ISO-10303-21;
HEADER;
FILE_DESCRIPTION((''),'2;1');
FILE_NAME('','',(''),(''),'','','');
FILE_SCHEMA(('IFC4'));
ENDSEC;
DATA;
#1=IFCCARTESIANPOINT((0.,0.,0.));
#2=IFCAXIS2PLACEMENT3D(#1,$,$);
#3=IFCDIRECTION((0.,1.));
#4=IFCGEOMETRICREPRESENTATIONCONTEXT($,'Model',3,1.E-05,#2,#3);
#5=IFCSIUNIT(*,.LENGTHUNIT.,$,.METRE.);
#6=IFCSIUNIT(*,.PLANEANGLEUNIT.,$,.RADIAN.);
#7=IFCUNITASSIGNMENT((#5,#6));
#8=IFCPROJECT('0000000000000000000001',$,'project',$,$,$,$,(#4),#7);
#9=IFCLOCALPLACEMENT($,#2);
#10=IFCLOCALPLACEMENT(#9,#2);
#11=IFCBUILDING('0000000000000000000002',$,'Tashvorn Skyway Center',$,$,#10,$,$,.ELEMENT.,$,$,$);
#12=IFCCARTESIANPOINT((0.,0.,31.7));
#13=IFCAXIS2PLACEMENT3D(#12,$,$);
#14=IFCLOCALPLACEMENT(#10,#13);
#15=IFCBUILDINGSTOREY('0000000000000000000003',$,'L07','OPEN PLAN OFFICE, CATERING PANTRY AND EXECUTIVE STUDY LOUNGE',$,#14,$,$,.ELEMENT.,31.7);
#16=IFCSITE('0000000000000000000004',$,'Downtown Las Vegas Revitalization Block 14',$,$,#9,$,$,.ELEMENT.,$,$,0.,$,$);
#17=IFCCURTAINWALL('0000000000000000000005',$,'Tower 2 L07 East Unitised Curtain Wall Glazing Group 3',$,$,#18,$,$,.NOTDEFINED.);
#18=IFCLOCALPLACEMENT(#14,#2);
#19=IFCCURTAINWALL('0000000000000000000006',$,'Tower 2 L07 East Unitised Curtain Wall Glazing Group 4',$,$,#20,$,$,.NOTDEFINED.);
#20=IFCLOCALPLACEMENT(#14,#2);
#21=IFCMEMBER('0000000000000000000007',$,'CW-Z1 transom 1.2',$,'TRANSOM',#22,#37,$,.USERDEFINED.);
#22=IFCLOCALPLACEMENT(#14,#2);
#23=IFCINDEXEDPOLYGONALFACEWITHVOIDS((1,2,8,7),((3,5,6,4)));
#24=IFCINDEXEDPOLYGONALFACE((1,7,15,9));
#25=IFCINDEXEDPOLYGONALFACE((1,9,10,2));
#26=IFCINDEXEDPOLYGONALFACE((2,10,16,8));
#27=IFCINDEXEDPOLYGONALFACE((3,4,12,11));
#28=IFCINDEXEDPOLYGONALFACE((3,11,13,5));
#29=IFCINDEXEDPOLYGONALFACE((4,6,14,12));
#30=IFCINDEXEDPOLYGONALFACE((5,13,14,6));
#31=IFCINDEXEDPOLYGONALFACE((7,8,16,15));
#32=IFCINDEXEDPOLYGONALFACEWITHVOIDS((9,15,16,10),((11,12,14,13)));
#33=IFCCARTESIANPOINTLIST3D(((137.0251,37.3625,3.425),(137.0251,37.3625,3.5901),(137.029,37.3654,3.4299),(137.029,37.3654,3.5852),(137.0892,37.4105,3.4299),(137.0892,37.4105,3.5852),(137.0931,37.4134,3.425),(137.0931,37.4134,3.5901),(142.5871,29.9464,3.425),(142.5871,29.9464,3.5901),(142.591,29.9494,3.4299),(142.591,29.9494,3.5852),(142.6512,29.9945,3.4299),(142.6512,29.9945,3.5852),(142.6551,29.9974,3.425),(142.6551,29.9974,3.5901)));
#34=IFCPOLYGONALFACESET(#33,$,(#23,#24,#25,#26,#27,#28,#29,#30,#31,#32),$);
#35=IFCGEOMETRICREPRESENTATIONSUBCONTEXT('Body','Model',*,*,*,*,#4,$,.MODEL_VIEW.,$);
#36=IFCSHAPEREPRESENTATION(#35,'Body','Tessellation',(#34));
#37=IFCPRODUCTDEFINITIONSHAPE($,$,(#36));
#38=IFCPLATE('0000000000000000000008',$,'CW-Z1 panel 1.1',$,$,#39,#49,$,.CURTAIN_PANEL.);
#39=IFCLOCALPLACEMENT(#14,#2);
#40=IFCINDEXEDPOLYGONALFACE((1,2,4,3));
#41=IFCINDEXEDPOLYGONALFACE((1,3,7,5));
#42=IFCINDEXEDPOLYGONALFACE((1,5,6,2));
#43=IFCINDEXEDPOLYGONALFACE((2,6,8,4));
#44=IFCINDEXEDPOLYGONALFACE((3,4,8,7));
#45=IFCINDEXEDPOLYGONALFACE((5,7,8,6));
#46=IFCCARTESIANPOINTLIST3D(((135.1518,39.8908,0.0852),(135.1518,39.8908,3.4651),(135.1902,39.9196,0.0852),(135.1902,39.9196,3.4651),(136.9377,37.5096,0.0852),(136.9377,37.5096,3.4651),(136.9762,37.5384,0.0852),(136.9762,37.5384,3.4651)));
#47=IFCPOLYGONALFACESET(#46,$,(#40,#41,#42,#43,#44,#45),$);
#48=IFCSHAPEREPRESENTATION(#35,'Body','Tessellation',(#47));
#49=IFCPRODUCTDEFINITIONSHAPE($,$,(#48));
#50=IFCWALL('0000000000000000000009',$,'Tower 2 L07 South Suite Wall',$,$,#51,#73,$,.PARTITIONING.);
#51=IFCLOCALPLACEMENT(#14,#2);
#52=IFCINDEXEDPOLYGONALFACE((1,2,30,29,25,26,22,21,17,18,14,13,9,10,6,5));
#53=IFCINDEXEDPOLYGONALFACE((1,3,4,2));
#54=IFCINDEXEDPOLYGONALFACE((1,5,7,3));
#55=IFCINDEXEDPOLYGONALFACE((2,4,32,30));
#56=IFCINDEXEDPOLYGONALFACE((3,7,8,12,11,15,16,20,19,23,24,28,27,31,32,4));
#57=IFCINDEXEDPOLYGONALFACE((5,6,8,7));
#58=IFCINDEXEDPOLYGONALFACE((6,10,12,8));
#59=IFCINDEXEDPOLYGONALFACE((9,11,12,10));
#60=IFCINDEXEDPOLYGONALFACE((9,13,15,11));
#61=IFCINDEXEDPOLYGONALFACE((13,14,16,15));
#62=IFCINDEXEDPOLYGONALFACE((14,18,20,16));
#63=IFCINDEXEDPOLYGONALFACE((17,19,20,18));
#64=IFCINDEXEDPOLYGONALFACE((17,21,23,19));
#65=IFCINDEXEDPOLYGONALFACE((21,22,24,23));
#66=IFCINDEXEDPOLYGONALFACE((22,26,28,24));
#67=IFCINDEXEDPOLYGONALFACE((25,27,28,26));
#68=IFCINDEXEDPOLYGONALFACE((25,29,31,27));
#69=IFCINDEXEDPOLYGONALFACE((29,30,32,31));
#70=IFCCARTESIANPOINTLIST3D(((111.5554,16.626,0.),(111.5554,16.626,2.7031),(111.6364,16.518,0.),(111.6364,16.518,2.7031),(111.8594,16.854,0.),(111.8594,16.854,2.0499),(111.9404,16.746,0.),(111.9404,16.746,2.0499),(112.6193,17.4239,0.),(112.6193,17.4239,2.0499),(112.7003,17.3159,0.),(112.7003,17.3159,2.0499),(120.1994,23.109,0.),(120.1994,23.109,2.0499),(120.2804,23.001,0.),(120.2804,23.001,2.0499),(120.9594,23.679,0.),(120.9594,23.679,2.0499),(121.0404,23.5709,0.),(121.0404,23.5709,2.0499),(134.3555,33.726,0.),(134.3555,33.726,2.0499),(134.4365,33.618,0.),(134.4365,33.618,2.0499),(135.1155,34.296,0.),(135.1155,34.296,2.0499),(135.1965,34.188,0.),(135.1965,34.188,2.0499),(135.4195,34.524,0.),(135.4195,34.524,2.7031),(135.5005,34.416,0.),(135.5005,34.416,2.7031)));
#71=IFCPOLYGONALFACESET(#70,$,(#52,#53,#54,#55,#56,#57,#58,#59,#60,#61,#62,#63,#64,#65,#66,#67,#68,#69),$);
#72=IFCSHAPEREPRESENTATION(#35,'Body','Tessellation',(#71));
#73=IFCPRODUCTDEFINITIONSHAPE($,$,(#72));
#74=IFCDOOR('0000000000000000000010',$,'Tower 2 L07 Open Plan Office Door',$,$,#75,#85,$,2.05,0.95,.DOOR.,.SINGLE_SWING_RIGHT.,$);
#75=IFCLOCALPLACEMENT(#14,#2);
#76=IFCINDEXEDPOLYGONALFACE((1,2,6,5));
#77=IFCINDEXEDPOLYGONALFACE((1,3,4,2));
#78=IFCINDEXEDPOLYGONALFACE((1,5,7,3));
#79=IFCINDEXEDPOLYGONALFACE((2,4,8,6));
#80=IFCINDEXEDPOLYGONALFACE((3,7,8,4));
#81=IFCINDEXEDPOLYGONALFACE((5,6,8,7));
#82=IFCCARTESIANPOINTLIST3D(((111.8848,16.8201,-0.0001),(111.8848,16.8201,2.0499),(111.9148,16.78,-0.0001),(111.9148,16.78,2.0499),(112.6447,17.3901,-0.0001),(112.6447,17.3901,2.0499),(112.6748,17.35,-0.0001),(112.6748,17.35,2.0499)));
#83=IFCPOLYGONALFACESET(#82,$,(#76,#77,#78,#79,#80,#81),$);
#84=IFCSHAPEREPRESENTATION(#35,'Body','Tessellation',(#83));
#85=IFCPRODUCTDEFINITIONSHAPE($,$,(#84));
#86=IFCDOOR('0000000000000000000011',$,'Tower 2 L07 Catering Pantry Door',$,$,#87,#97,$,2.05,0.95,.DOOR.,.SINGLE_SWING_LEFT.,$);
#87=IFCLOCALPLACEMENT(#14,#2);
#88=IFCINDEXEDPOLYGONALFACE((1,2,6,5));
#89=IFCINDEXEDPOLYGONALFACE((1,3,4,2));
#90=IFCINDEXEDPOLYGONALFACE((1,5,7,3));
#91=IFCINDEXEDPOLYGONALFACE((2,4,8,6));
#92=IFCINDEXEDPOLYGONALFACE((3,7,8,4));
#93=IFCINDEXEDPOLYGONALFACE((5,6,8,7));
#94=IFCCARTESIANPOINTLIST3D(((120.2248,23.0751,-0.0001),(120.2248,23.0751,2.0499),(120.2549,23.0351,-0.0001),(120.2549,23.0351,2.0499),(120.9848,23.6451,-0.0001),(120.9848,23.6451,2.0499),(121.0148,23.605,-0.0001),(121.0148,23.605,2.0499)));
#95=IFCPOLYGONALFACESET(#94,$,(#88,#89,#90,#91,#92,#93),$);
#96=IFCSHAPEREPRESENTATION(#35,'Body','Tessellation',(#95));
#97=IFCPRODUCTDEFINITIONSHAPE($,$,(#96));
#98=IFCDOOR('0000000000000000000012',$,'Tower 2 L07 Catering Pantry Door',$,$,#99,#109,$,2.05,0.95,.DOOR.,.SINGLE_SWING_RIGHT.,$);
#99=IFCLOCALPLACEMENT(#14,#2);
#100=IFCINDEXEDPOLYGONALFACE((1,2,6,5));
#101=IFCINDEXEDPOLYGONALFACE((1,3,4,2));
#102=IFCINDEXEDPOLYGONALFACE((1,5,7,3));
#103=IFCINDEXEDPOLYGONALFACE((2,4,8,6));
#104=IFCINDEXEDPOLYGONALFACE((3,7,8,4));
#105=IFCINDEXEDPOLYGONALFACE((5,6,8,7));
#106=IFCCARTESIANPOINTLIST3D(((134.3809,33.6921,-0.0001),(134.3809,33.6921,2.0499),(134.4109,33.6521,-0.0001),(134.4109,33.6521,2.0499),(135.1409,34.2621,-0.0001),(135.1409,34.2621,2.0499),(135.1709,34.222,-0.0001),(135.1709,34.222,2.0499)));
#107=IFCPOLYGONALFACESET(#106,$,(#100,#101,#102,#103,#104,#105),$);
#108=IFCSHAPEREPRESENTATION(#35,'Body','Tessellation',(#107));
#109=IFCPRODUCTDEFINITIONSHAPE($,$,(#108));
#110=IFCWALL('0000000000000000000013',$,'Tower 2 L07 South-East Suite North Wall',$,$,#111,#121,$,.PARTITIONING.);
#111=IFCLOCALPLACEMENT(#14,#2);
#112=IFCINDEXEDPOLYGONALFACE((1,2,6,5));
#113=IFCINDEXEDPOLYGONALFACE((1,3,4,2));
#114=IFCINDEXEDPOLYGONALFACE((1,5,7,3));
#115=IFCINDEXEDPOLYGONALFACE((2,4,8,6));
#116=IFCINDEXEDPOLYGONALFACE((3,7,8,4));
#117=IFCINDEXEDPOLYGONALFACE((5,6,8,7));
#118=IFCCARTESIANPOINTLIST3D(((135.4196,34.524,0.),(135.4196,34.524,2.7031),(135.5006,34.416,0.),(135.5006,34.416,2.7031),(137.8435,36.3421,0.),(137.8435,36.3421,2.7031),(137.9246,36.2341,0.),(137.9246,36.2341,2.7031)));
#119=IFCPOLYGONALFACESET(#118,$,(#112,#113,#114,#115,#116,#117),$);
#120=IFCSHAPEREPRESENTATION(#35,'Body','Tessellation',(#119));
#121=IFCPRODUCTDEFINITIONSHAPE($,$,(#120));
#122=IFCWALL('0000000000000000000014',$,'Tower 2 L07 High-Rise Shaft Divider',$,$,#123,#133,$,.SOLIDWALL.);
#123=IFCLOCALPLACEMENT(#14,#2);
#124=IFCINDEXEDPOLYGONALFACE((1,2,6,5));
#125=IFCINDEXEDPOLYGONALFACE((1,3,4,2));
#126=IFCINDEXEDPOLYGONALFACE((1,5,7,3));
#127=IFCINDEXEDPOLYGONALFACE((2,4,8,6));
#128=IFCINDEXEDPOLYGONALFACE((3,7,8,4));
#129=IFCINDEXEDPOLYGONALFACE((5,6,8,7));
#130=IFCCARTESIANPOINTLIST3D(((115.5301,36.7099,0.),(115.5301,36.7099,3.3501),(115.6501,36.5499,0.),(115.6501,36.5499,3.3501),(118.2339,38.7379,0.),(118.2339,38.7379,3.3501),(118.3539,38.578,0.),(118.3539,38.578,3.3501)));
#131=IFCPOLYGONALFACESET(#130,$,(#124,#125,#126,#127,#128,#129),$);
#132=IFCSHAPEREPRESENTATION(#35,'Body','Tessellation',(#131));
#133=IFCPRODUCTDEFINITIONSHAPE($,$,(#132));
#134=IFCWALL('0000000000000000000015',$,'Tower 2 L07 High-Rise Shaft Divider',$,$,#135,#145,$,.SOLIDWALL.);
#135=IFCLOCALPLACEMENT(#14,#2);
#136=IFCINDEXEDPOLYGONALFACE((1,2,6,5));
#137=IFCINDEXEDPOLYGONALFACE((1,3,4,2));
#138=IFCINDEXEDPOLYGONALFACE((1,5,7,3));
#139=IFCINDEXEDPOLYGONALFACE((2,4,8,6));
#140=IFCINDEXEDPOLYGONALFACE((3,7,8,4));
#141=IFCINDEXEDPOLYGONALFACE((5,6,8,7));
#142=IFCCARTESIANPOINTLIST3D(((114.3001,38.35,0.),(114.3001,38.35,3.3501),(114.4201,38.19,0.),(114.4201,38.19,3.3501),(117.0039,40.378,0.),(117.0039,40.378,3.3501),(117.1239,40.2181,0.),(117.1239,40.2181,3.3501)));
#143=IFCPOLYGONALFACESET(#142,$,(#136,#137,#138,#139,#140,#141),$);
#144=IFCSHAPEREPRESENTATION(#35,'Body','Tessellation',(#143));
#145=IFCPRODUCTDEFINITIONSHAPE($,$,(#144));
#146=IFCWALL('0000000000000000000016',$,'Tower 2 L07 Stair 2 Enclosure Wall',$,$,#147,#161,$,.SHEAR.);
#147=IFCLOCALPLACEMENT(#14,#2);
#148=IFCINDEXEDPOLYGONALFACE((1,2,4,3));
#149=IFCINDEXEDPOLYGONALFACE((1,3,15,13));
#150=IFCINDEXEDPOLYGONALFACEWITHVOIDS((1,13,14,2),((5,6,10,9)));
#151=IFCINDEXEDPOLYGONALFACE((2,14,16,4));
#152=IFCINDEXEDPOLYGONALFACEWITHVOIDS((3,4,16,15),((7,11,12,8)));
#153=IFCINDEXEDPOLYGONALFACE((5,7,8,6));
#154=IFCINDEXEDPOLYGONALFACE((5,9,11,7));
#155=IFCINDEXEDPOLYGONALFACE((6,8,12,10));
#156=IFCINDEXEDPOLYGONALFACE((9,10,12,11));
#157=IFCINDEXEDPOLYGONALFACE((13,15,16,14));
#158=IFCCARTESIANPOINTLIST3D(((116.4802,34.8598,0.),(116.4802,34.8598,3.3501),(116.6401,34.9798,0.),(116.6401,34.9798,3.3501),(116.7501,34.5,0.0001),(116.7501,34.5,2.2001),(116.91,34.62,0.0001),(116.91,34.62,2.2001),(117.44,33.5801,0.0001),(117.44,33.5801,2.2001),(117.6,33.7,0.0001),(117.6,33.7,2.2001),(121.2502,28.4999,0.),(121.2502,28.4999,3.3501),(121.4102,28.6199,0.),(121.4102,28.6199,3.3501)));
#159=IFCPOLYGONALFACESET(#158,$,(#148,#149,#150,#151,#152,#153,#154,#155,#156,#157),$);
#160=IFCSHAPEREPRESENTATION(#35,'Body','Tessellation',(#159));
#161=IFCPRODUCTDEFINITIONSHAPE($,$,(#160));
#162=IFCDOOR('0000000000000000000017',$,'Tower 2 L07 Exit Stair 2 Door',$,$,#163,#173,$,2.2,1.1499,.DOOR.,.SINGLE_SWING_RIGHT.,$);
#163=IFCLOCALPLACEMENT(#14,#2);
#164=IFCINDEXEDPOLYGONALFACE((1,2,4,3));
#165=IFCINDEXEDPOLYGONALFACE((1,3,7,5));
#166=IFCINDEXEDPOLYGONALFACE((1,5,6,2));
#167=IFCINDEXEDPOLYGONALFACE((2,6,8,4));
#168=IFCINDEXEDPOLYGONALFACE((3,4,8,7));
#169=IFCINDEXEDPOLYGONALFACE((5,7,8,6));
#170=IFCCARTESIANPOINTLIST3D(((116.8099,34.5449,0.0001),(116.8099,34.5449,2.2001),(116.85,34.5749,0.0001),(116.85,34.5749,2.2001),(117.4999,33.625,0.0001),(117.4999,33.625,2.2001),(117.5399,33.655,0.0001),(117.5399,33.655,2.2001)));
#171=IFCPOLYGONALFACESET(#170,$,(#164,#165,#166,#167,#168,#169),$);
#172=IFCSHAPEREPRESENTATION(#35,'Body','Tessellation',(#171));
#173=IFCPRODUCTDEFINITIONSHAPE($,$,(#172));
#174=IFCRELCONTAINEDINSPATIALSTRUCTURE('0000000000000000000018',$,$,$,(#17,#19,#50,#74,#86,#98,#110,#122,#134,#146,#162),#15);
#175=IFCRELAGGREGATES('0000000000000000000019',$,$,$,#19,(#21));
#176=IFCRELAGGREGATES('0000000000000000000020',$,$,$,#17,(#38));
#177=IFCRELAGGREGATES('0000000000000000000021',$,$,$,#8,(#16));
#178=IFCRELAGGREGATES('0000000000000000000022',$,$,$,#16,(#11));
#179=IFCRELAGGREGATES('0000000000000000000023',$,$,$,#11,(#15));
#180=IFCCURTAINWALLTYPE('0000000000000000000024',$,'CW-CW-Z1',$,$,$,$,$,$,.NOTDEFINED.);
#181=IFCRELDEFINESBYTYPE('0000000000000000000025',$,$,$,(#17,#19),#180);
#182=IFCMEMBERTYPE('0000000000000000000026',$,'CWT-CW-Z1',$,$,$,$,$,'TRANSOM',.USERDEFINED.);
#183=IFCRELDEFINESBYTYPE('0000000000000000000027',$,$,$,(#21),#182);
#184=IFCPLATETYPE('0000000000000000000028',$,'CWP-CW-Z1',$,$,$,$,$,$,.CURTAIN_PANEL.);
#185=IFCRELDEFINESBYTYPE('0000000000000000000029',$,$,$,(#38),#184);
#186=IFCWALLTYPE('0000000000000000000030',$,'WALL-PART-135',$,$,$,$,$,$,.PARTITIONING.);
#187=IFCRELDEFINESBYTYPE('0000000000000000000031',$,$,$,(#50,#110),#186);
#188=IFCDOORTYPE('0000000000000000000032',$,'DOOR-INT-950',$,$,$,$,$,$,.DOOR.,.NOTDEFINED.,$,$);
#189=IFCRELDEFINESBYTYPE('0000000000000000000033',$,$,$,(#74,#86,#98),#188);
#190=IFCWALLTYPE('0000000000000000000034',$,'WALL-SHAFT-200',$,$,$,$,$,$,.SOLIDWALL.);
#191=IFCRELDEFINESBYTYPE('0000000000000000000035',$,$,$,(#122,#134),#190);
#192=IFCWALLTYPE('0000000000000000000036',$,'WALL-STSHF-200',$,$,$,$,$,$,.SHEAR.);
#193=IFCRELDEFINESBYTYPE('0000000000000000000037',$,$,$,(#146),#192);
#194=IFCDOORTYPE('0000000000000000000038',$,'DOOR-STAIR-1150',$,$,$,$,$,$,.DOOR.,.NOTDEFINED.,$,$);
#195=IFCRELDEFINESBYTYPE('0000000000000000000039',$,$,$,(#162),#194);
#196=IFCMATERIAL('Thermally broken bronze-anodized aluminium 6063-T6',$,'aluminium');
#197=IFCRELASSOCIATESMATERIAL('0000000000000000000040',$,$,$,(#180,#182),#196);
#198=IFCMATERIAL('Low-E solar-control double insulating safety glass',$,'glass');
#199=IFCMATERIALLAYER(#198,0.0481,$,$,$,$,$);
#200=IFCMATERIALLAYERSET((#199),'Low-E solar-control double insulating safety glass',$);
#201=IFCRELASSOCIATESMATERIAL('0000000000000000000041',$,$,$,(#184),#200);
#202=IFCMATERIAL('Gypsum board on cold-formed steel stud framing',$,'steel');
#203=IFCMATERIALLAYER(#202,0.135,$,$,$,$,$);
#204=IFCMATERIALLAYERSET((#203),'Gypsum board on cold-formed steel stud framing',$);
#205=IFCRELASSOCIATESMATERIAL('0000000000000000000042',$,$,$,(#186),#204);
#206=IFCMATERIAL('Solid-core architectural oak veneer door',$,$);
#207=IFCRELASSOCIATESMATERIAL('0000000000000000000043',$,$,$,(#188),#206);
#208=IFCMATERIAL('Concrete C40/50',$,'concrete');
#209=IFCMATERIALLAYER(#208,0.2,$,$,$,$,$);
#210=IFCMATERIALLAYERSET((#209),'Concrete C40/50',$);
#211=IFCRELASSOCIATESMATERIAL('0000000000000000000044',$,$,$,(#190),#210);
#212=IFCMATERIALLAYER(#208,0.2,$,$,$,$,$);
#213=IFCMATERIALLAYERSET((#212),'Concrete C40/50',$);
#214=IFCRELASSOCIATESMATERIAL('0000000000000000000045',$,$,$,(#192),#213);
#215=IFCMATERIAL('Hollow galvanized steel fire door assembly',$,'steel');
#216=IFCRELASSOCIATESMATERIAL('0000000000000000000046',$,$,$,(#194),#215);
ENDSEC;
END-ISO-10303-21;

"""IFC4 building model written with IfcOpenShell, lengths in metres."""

from ifc_helpers import new_model, si_unit, direction, frame, frame_2d, origin, origin_2d, place, context, subcontext, project, spatial, rectangle, hollow_rectangle, extrude, material, layer, layer_set, material_profile, profile_set, type_object, element, fill, aggregate, save


model = new_model("IFC4")

# Units and contexts
model_context = context("Model", 3, precision=1e-05, world=origin(), true_north=direction((0.0, 1.0)))
body_context = subcontext(model_context, "Body", "Model", "MODEL_VIEW")
ifc_project = project(units=[si_unit("LENGTHUNIT", "METRE"), si_unit("PLANEANGLEUNIT", "RADIAN")], contexts=[model_context])

# Site, building, storey
site_placement = place(None, origin())
site = spatial("IfcSite", under=ifc_project, at=site_placement, Name="Downtown Las Vegas Revitalization Block 14", CompositionType="ELEMENT", RefElevation=0.0)
building_placement = place(site_placement, origin())
building = spatial("IfcBuilding", under=site, at=building_placement, Name="Tashvorn Skyway Center", CompositionType="ELEMENT")
storey_placement = place(building_placement, frame((0.0, 0.0, 31.7)))
storey = spatial("IfcBuildingStorey", under=building, at=storey_placement, Name="L07", Description="OPEN PLAN OFFICE, CATERING PANTRY AND EXECUTIVE STUDY LOUNGE", CompositionType="ELEMENT", Elevation=31.7)

# Curtain wall
ifc_material_1 = material(Name="Thermally broken bronze-anodized aluminium 6063-T6", Category="aluminium")
curtain_wall_type = type_object("IfcCurtainWallType", Name="CW-CW-Z1", PredefinedType="NOTDEFINED", material=ifc_material_1)
curtain_wall_1_placement = place(storey_placement, origin())
curtain_wall_1 = element("IfcCurtainWall", 1, at=curtain_wall_1_placement, inside=storey, type_object=curtain_wall_type, Name="Tower 2 L07 East Unitised Curtain Wall Glazing Group 3", PredefinedType="NOTDEFINED")

# Curtain wall
curtain_wall_2_placement = place(storey_placement, origin())
curtain_wall_2 = element("IfcCurtainWall", 2, at=curtain_wall_2_placement, inside=storey, type_object=curtain_wall_type, Name="Tower 2 L07 East Unitised Curtain Wall Glazing Group 4", PredefinedType="NOTDEFINED")

# Member
ifc_material_profile_1 = material_profile(ifc_material_1, hollow_rectangle(XDim=0.085, YDim=0.165, WallThickness=0.0049, at=origin_2d()), Name="ALU-TRAN-85x165")
ifc_profile_set_1 = profile_set([ifc_material_profile_1], Name="Thermally broken bronze-anodized aluminium 6063-T6")
member_type_1 = type_object("IfcMemberType", Name="CWT-CW-Z1", ElementType="TRANSOM", PredefinedType="USERDEFINED", material=ifc_profile_set_1)
member_1_placement = place(storey_placement, frame((137.0591, 37.3879, 3.5076), z_axis=(0.6, -0.8, 0.0), x_axis=(0.8, 0.6, 0.0)))
member_1 = element("IfcMember", 3, at=member_1_placement, type_object=member_type_1, Name="CW-Z1 transom 1.2", ObjectType="TRANSOM", PredefinedType="USERDEFINED", context=body_context, shape_type="SweptSolid", body=[
    extrude(hollow_rectangle(XDim=0.085, YDim=0.165, WallThickness=0.0049, at=origin_2d()), origin(), (0.0, 0.0, 1.0), 9.27),
])
aggregate(curtain_wall_2, [member_1])

# Plate
ifc_material_2 = material(Name="Low-E solar-control double insulating safety glass", Category="glass")
ifc_layer_1 = layer(ifc_material_2, 0.0481)
ifc_layer_set_1 = layer_set([ifc_layer_1], Name="Low-E solar-control double insulating safety glass")
plate_type = type_object("IfcPlateType", Name="CWP-CW-Z1", PredefinedType="CURTAIN_PANEL", material=ifc_layer_set_1)
plate_placement = place(storey_placement, frame((136.064, 38.7146, 0.0852), z_axis=(0.0, 0.0, 1.0), x_axis=(0.600005, -0.799996, 0.0)))
plate = element("IfcPlate", 4, at=plate_placement, type_object=plate_type, Name="CW-Z1 panel 1.1", PredefinedType="CURTAIN_PANEL", context=body_context, shape_type="SweptSolid", body=[
    extrude(rectangle(XDim=2.9766, YDim=0.0481, at=origin_2d()), origin(), (0.0, 0.0, 1.0), 3.3799),
])
aggregate(curtain_wall_1, [plate])

# Wall, openings, doors
ifc_material_3 = material(Name="Gypsum board on cold-formed steel stud framing", Category="steel")
ifc_layer_2 = layer(ifc_material_3, 0.135)
ifc_layer_set_2 = layer_set([ifc_layer_2], Name="Gypsum board on cold-formed steel stud framing")
wall_type_1 = type_object("IfcWallType", Name="WALL-PART-135", PredefinedType="PARTITIONING", material=ifc_layer_set_2)
wall_1_placement = place(storey_placement, frame((135.46, 34.47, 0.0), z_axis=(0.0, 0.0, 1.0), x_axis=(-0.800001, -0.599999, 0.0)))
wall_1 = element("IfcWall", 5, at=wall_1_placement, inside=storey, type_object=wall_type_1, Name="Tower 2 L07 South Suite Wall", PredefinedType="PARTITIONING", context=body_context, shape_type="SweptSolid", body=[
    extrude(rectangle(XDim=29.8301, YDim=0.135, at=frame_2d((14.915, 0.0))), origin(), (0.0, 0.0, 1.0), 2.7031),
])
opening_1_placement = place(wall_1_placement, frame((28.5, 0.0, 0.0)))
opening_1 = element("IfcOpeningElement", 6, at=opening_1_placement, cuts=wall_1, PredefinedType="OPENING", context=body_context, shape_type="SweptSolid", body=[
    extrude(rectangle(XDim=0.95, YDim=2.05, at=frame_2d((0.4751, 1.0249))), frame((0.0, 0.0774, 0.0), z_axis=(0.0, -1.0, 0.0), x_axis=(1.0, 0.0, 0.0)), (0.0, 0.0, 1.0), 0.155),
])
opening_2_placement = place(wall_1_placement, frame((18.075, 0.0, 0.0)))
opening_2 = element("IfcOpeningElement", 7, at=opening_2_placement, cuts=wall_1, PredefinedType="OPENING", context=body_context, shape_type="SweptSolid", body=[
    extrude(rectangle(XDim=0.95, YDim=2.05, at=frame_2d((0.4751, 1.0249))), frame((0.0, 0.0774, 0.0), z_axis=(0.0, -1.0, 0.0), x_axis=(1.0, 0.0, 0.0)), (0.0, 0.0, 1.0), 0.155),
])
opening_3_placement = place(wall_1_placement, frame((0.3799, 0.0, 0.0)))
opening_3 = element("IfcOpeningElement", 8, at=opening_3_placement, cuts=wall_1, PredefinedType="OPENING", context=body_context, shape_type="SweptSolid", body=[
    extrude(rectangle(XDim=0.95, YDim=2.05, at=frame_2d((0.4751, 1.0249))), frame((0.0, 0.0774, 0.0), z_axis=(0.0, -1.0, 0.0), x_axis=(1.0, 0.0, 0.0)), (0.0, 0.0, 1.0), 0.155),
])
ifc_material_4 = material(Name="Solid-core architectural oak veneer door")
door_type_1 = type_object("IfcDoorType", Name="DOOR-INT-950", OperationType="NOTDEFINED", PredefinedType="DOOR", material=ifc_material_4)
door_1_placement = place(opening_1_placement, origin())
door_1 = element("IfcDoor", 9, at=door_1_placement, inside=storey, type_object=door_type_1, Name="Tower 2 L07 Open Plan Office Door", OperationType="SINGLE_SWING_RIGHT", OverallHeight=2.05, OverallWidth=0.95, PredefinedType="DOOR", context=body_context, shape_type="SweptSolid", body=[
    extrude(rectangle(XDim=0.95, YDim=2.05, at=frame_2d((0.4751, 1.0249))), frame((0.0, 0.0249, 0.0), z_axis=(0.0, -1.0, 0.0), x_axis=(1.0, 0.0, 0.0)), (0.0, 0.0, 1.0), 0.05),
])
fill(opening_1, door_1)
door_2_placement = place(opening_2_placement, origin())
door_2 = element("IfcDoor", 10, at=door_2_placement, inside=storey, type_object=door_type_1, Name="Tower 2 L07 Catering Pantry Door", OperationType="SINGLE_SWING_LEFT", OverallHeight=2.05, OverallWidth=0.95, PredefinedType="DOOR", context=body_context, shape_type="SweptSolid", body=[
    extrude(rectangle(XDim=0.95, YDim=2.05, at=frame_2d((0.4751, 1.0249))), frame((0.0, 0.0249, 0.0), z_axis=(0.0, -1.0, 0.0), x_axis=(1.0, 0.0, 0.0)), (0.0, 0.0, 1.0), 0.05),
])
fill(opening_2, door_2)
door_3_placement = place(opening_3_placement, origin())
door_3 = element("IfcDoor", 11, at=door_3_placement, inside=storey, type_object=door_type_1, Name="Tower 2 L07 Catering Pantry Door", OperationType="SINGLE_SWING_RIGHT", OverallHeight=2.05, OverallWidth=0.95, PredefinedType="DOOR", context=body_context, shape_type="SweptSolid", body=[
    extrude(rectangle(XDim=0.95, YDim=2.05, at=frame_2d((0.4751, 1.0249))), frame((0.0, 0.0249, 0.0), z_axis=(0.0, -1.0, 0.0), x_axis=(1.0, 0.0, 0.0)), (0.0, 0.0, 1.0), 0.05),
])
fill(opening_3, door_3)

# Walls
wall_2_placement = place(storey_placement, frame((135.46, 34.47, 0.0), z_axis=(0.0, 0.0, 1.0), x_axis=(0.79999, 0.600013, 0.0)))
element("IfcWall", 12, at=wall_2_placement, inside=storey, type_object=wall_type_1, Name="Tower 2 L07 South-East Suite North Wall", PredefinedType="PARTITIONING", context=body_context, shape_type="SweptSolid", body=[
    extrude(rectangle(XDim=3.03, YDim=0.135, at=frame_2d((1.5151, 0.0))), origin(), (0.0, 0.0, 1.0), 2.7031),
])
ifc_material_5 = material(Name="Concrete C40/50", Category="concrete")
ifc_layer_3 = layer(ifc_material_5, 0.2)
ifc_layer_set_3 = layer_set([ifc_layer_3], Name="Concrete C40/50")
wall_type_2 = type_object("IfcWallType", Name="WALL-SHAFT-200", PredefinedType="SOLIDWALL", material=ifc_layer_set_3)
for number, where, z_axis, x_axis, name in (
    (13, (115.5901, 36.6299, 0.0), (0.0, 0.0, 1.0), (0.799974, 0.600035, 0.0), "Tower 2 L07 High-Rise Shaft Divider"),
    (14, (114.3601, 38.27, 0.0), (0.0, 0.0, 1.0), (0.799974, 0.600035, 0.0), "Tower 2 L07 High-Rise Shaft Divider"),
):
    element("IfcWall", number, at=place(storey_placement, frame(where, z_axis=z_axis, x_axis=x_axis)), inside=storey, type_object=wall_type_2, Name=name, PredefinedType="SOLIDWALL", context=body_context, shape_type="SweptSolid", body=[
        extrude(rectangle(XDim=3.3799, YDim=0.2, at=frame_2d((1.6899, 0.0))), origin(), (0.0, 0.0, 1.0), 3.3501),
    ])

# Wall, opening, door
ifc_layer_4 = layer(ifc_material_5, 0.2)
ifc_layer_set_4 = layer_set([ifc_layer_4], Name="Concrete C40/50")
wall_type_3 = type_object("IfcWallType", Name="WALL-STSHF-200", PredefinedType="SHEAR", material=ifc_layer_set_4)
wall_3_placement = place(storey_placement, frame((116.5601, 34.9199, 0.0), z_axis=(0.0, 0.0, 1.0), x_axis=(0.60001, -0.799993, 0.0)))
wall_3 = element("IfcWall", 15, at=wall_3_placement, inside=storey, type_object=wall_type_3, Name="Tower 2 L07 Stair 2 Enclosure Wall", PredefinedType="SHEAR", context=body_context, shape_type="SweptSolid", body=[
    extrude(rectangle(XDim=7.95, YDim=0.2, at=frame_2d((3.9751, 0.0))), origin(), (0.0, 0.0, 1.0), 3.3501),
])
opening_4_placement = place(wall_3_placement, frame((0.45, 0.0, 0.0)))
opening_4 = element("IfcOpeningElement", 16, at=opening_4_placement, cuts=wall_3, PredefinedType="OPENING", context=body_context, shape_type="SweptSolid", body=[
    extrude(rectangle(XDim=1.1499, YDim=2.2, at=frame_2d((0.575, 1.1001))), frame((0.0, 0.1099, 0.0), z_axis=(0.0, -1.0, 0.0), x_axis=(1.0, 0.0, 0.0)), (0.0, 0.0, 1.0), 0.22),
])
ifc_material_6 = material(Name="Hollow galvanized steel fire door assembly", Category="steel")
door_type_2 = type_object("IfcDoorType", Name="DOOR-STAIR-1150", OperationType="NOTDEFINED", PredefinedType="DOOR", material=ifc_material_6)
door_4_placement = place(opening_4_placement, origin())
door_4 = element("IfcDoor", 17, at=door_4_placement, inside=storey, type_object=door_type_2, Name="Tower 2 L07 Exit Stair 2 Door", OperationType="SINGLE_SWING_RIGHT", OverallHeight=2.2, OverallWidth=1.1499, PredefinedType="DOOR", context=body_context, shape_type="SweptSolid", body=[
    extrude(rectangle(XDim=1.1499, YDim=2.2, at=frame_2d((0.575, 1.1001))), frame((0.0, 0.0249, 0.0), z_axis=(0.0, -1.0, 0.0), x_axis=(1.0, 0.0, 0.0)), (0.0, 0.0, 1.0), 0.05),
])
fill(opening_4, door_4)

save(model, "model.ifc")
